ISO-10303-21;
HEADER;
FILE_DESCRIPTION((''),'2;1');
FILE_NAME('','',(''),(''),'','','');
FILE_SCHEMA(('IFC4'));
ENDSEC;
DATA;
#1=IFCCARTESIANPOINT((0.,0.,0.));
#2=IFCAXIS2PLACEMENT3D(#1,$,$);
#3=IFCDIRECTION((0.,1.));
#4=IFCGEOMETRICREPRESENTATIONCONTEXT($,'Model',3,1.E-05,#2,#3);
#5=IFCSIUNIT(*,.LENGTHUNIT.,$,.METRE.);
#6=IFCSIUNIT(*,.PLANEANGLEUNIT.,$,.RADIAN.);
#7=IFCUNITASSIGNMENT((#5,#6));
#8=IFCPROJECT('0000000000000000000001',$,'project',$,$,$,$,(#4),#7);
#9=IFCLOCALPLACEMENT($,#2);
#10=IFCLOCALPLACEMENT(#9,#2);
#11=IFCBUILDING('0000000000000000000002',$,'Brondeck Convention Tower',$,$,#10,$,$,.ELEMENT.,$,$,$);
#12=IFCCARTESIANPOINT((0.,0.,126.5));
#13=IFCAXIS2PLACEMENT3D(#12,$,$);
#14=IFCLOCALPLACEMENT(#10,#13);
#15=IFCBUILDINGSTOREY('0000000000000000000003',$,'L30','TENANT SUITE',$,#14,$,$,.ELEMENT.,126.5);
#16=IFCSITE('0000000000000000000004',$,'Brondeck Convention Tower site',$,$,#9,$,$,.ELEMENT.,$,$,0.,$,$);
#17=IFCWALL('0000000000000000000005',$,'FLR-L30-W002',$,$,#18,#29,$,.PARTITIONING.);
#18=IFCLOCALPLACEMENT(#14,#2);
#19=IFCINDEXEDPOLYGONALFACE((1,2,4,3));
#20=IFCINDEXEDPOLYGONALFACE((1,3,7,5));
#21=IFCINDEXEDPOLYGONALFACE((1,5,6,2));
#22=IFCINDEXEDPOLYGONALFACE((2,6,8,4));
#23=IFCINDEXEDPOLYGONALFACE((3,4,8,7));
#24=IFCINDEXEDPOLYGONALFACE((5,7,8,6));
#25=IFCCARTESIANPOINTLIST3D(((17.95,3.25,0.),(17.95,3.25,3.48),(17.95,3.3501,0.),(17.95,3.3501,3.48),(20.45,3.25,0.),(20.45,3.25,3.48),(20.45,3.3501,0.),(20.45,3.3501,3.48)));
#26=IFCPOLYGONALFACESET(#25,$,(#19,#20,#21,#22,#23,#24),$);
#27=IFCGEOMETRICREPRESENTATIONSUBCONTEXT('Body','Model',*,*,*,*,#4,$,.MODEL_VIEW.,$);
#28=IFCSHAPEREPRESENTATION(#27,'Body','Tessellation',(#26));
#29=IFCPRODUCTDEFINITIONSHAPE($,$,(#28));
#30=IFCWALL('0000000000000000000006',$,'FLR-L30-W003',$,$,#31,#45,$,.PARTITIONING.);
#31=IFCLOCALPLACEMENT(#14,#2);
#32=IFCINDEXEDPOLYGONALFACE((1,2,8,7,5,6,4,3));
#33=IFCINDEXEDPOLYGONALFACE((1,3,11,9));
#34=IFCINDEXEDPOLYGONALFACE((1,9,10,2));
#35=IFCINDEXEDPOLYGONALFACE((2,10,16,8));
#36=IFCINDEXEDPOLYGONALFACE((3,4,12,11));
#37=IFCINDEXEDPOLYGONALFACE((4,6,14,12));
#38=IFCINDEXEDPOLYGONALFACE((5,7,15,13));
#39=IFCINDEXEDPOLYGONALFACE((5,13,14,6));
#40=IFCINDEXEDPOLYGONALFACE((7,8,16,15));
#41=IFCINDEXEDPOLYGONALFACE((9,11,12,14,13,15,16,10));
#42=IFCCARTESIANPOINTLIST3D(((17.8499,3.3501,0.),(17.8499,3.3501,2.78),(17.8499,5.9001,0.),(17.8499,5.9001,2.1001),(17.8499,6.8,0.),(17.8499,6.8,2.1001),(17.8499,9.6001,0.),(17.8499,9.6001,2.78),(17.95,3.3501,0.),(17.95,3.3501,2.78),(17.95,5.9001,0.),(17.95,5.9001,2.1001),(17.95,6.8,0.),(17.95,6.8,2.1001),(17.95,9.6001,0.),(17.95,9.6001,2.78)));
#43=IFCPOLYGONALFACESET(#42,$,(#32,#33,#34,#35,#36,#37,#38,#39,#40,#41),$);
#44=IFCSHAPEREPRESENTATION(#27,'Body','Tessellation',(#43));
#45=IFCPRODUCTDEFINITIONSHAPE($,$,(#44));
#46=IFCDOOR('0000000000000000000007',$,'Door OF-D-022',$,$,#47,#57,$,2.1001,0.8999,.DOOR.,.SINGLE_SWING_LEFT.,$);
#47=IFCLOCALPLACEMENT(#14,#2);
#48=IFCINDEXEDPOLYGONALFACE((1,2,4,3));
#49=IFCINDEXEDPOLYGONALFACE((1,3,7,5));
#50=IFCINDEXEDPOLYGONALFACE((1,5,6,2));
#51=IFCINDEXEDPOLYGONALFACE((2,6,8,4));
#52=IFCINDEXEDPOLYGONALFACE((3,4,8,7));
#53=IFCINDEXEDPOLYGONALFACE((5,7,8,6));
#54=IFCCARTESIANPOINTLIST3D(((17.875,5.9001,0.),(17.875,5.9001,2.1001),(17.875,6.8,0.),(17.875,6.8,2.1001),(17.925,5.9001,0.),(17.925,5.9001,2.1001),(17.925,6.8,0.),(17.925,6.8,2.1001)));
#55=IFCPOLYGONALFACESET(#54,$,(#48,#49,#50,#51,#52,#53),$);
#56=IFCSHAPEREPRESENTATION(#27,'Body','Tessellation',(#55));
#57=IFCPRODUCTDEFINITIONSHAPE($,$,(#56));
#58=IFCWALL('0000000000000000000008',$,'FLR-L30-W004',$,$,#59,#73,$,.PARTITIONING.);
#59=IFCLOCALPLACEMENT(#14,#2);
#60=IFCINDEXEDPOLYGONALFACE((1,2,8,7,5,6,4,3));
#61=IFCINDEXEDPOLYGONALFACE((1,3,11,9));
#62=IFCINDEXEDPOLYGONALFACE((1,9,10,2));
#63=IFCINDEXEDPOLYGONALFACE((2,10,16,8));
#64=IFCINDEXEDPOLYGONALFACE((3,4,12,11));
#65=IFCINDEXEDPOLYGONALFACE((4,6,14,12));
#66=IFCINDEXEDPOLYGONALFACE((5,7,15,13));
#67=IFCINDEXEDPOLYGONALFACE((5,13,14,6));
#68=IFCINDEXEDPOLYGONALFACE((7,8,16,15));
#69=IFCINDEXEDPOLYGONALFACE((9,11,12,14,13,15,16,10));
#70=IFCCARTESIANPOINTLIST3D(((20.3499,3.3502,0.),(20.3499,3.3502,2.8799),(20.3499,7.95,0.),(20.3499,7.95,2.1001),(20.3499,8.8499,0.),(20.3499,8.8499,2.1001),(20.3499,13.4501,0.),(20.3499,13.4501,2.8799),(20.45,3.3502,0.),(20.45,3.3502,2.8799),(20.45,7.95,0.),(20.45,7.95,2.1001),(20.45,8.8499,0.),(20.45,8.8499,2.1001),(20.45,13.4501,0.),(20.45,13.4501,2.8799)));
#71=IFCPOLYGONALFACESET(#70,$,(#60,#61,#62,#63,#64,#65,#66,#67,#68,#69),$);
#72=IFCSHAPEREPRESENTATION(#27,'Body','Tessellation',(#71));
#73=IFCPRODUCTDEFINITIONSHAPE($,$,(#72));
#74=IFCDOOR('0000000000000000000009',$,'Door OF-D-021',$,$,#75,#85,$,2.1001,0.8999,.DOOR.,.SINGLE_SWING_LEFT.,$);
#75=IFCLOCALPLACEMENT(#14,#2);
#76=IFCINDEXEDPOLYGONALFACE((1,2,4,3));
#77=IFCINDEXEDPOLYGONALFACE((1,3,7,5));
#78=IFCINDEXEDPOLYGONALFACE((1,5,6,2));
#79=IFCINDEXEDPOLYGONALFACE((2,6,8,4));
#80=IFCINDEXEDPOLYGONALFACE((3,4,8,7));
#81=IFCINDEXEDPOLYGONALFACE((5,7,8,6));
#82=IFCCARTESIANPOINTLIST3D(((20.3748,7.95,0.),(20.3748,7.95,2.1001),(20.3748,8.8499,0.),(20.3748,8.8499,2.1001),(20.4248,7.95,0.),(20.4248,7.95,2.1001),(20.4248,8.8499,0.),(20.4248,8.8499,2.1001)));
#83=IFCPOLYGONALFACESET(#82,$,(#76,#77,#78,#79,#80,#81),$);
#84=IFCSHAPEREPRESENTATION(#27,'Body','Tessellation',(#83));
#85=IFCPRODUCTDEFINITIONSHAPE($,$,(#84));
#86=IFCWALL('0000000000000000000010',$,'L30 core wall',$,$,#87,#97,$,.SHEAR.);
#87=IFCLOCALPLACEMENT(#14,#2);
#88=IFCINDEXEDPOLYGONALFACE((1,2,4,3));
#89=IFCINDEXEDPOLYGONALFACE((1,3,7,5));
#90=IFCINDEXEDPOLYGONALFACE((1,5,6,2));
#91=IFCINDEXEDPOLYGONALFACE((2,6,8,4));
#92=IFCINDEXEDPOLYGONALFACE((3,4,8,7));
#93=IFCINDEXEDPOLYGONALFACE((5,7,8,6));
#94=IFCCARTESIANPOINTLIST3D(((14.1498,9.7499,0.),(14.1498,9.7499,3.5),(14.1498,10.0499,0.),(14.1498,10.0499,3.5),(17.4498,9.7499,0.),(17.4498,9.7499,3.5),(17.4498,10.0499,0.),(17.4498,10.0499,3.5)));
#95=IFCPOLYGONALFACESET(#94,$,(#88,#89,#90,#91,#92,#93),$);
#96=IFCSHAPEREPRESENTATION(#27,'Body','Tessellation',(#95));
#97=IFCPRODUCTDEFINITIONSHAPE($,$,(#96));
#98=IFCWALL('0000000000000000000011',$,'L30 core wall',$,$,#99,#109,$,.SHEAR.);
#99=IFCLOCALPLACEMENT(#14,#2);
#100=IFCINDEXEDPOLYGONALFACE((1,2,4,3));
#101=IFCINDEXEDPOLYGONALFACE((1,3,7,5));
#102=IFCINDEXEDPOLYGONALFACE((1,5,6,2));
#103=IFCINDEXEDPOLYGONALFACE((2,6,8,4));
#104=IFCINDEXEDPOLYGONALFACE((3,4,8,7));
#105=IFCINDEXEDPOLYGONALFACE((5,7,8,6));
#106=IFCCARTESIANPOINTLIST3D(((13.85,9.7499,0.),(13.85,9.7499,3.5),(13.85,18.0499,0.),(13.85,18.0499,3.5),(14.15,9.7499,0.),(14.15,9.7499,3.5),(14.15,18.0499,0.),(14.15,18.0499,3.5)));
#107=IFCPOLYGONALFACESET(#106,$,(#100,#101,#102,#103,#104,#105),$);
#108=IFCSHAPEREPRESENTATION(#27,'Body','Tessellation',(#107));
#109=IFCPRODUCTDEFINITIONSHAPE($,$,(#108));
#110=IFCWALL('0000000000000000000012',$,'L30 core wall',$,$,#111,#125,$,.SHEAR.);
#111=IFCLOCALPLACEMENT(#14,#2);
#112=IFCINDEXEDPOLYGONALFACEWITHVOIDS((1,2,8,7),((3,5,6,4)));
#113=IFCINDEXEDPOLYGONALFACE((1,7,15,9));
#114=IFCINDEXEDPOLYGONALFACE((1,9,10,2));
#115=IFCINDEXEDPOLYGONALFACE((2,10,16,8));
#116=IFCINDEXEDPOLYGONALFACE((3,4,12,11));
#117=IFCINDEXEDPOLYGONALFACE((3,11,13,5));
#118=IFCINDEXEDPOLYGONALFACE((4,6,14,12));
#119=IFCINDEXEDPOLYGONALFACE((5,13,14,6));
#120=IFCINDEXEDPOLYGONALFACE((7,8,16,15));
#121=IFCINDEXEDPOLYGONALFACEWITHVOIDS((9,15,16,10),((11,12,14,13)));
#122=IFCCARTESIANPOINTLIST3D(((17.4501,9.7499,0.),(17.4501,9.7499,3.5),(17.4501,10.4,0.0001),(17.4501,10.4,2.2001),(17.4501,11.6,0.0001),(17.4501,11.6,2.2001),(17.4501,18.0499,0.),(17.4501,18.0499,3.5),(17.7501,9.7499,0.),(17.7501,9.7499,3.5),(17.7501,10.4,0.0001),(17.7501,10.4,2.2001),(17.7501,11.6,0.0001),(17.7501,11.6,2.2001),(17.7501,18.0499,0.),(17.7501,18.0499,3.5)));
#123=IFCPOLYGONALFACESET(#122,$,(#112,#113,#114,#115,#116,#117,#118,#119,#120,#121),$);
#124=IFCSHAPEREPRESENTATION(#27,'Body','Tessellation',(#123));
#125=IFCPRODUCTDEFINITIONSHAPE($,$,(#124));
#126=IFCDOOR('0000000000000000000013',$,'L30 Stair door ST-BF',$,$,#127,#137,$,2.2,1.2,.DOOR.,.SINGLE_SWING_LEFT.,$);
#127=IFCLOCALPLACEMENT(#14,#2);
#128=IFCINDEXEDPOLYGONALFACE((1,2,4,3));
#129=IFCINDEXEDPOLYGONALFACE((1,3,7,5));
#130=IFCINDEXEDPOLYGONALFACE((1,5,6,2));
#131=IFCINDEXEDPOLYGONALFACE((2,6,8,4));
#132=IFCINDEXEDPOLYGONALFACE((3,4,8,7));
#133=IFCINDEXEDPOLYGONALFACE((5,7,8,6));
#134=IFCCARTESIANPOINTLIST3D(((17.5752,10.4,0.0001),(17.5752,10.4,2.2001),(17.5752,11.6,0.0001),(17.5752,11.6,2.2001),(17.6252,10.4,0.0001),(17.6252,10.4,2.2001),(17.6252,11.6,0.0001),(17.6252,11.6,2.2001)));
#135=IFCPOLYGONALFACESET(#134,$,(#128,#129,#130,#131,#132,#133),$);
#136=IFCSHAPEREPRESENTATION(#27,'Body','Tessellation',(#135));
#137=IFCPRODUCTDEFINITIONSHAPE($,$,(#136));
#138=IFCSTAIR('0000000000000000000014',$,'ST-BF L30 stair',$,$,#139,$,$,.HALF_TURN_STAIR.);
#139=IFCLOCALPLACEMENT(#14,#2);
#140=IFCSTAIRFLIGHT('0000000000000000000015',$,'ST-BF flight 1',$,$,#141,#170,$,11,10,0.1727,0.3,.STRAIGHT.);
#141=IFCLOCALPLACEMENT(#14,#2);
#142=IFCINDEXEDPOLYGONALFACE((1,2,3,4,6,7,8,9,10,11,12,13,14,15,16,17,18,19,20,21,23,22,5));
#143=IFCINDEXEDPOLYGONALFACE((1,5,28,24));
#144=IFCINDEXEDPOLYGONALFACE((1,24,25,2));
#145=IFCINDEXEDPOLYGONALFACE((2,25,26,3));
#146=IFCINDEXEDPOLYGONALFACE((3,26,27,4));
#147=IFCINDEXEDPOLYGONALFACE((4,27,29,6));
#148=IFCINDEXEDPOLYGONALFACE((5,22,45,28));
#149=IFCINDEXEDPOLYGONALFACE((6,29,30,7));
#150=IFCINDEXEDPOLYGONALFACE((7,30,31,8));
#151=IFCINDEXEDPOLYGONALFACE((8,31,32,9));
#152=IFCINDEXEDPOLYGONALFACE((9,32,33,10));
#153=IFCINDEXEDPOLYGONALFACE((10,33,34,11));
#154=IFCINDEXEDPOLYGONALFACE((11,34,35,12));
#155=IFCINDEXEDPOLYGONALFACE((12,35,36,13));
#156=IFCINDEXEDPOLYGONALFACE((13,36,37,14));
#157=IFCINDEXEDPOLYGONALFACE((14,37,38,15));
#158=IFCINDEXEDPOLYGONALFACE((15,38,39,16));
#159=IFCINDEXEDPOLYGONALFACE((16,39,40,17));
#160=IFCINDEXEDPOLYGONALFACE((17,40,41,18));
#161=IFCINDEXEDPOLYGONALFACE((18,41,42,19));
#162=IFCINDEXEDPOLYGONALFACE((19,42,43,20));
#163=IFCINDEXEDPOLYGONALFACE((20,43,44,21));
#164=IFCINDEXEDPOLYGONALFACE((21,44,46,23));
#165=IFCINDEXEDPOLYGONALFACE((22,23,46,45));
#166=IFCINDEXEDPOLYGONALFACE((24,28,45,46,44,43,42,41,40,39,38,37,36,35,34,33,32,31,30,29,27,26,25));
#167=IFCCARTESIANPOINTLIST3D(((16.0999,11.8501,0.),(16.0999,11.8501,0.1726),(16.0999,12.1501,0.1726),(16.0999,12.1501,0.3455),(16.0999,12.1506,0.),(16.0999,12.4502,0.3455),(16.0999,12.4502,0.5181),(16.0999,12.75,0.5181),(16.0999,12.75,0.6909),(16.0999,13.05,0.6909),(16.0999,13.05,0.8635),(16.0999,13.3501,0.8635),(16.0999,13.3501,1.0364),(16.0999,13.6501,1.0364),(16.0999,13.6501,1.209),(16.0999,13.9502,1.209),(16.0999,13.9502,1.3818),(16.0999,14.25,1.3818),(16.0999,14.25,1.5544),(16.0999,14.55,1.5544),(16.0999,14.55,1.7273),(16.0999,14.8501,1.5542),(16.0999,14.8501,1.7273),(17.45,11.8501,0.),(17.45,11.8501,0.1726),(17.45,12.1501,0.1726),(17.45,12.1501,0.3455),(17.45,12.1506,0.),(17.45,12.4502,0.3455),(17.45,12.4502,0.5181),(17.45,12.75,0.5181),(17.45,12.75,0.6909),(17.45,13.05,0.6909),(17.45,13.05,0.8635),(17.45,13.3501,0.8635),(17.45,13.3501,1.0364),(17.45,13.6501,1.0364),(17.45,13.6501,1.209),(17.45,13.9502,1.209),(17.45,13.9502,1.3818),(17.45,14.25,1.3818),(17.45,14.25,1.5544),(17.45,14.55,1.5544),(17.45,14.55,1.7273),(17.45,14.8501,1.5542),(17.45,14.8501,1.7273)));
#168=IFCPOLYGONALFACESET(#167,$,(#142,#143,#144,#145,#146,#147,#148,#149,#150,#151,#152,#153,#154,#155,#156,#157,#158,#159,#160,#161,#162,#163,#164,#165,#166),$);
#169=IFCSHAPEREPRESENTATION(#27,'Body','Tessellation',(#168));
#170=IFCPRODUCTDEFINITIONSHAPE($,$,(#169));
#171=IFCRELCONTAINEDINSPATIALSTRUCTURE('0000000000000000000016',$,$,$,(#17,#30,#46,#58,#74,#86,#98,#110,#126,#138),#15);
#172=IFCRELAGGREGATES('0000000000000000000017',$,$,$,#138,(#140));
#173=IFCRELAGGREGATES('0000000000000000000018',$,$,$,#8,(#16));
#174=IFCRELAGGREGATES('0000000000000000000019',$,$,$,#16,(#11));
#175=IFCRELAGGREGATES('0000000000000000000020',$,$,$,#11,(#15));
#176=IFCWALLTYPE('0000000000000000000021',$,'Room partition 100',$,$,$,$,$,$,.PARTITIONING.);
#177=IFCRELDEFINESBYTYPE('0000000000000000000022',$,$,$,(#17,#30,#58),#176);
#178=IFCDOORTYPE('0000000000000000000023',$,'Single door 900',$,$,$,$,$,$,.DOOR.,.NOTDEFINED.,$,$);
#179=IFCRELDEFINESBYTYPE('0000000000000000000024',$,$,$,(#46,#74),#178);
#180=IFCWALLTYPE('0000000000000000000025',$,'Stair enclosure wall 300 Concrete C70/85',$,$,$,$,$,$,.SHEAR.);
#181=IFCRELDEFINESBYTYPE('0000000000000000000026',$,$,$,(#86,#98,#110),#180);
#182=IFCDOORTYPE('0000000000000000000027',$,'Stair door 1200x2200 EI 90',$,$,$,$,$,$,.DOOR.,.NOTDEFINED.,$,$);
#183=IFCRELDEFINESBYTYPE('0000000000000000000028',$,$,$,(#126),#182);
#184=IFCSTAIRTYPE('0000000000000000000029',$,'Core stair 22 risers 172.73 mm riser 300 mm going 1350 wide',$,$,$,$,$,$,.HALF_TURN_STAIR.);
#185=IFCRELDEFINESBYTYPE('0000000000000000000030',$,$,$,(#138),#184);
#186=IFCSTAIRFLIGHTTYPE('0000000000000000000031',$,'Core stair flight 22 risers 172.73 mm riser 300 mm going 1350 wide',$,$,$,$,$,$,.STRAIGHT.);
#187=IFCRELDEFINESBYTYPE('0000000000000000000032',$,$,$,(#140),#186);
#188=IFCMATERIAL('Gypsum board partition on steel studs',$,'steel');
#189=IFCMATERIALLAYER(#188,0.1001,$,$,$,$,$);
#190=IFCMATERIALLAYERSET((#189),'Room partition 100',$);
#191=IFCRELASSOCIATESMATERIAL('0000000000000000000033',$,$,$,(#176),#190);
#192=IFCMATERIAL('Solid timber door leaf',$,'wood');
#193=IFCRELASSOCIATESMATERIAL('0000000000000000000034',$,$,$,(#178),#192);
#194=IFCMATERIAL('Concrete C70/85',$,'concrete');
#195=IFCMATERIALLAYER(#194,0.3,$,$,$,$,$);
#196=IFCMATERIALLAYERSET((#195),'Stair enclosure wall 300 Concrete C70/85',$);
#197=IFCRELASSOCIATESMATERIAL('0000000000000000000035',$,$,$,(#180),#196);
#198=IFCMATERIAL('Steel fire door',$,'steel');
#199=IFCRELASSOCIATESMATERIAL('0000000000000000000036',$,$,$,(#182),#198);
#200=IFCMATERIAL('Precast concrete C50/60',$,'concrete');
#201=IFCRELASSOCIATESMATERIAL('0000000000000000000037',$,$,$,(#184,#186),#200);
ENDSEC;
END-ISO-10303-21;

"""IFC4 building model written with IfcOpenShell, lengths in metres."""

from ifc_helpers import new_model, si_unit, direction, frame, frame_2d, origin, place, context, subcontext, project, spatial, polyline, rectangle, outline, extrude, material, layer, layer_set, type_object, element, fill, aggregate, save


model = new_model("IFC4")

# Units and contexts
model_context = context("Model", 3, precision=1e-05, world=origin(), true_north=direction((0.0, 1.0)))
body_context = subcontext(model_context, "Body", "Model", "MODEL_VIEW")
ifc_project = project(units=[si_unit("LENGTHUNIT", "METRE"), si_unit("PLANEANGLEUNIT", "RADIAN")], contexts=[model_context])

# Site, building, storey
site_placement = place(None, origin())
site = spatial("IfcSite", under=ifc_project, at=site_placement, Name="Brondeck Convention Tower site", CompositionType="ELEMENT", RefElevation=0.0)
building_placement = place(site_placement, origin())
building = spatial("IfcBuilding", under=site, at=building_placement, Name="Brondeck Convention Tower", CompositionType="ELEMENT")
storey_placement = place(building_placement, frame((0.0, 0.0, 126.5)))
storey = spatial("IfcBuildingStorey", under=building, at=storey_placement, Name="L30", Description="TENANT SUITE", CompositionType="ELEMENT", Elevation=126.5)

# Shared definitions
ifc_material_1 = material(Name="Concrete C70/85", Category="concrete")

# Wall
ifc_material_2 = material(Name="Gypsum board partition on steel studs", Category="steel")
ifc_layer_1 = layer(ifc_material_2, 0.1001)
ifc_layer_set_1 = layer_set([ifc_layer_1], Name="Room partition 100")
wall_type_1 = type_object("IfcWallType", Name="Room partition 100", PredefinedType="PARTITIONING", material=ifc_layer_set_1)
wall_1_placement = place(storey_placement, frame((20.45, 3.3, 0.0), z_axis=(0.0, 0.0, 1.0), x_axis=(-1.0, 0.0, 0.0)))
element("IfcWall", 1, at=wall_1_placement, inside=storey, type_object=wall_type_1, Name="FLR-L30-W002", PredefinedType="PARTITIONING", context=body_context, shape_type="SweptSolid", body=[
    extrude(rectangle(XDim=2.5, YDim=0.1001, at=frame_2d((1.25, 0.0))), origin(), (0.0, 0.0, 1.0), 3.48),
])

# Walls, openings, doors
wall_2_placement = place(storey_placement, frame((17.8999, 3.3501, 0.0), z_axis=(0.0, 0.0, 1.0), x_axis=(0.0, 1.0, 0.0)))
wall_2 = element("IfcWall", 2, at=wall_2_placement, inside=storey, type_object=wall_type_1, Name="FLR-L30-W003", PredefinedType="PARTITIONING", context=body_context, shape_type="SweptSolid", body=[
    extrude(rectangle(XDim=6.25, YDim=0.1001, at=frame_2d((3.125, 0.0))), origin(), (0.0, 0.0, 1.0), 2.78),
])
opening_1_placement = place(wall_2_placement, frame((2.55, 0.0, 0.0)))
opening_1 = element("IfcOpeningElement", 3, at=opening_1_placement, cuts=wall_2, PredefinedType="OPENING", context=body_context, shape_type="SweptSolid", body=[
    extrude(rectangle(XDim=0.8999, YDim=2.1001, at=frame_2d((0.45, 1.05))), frame((0.0, 0.0601, 0.0), z_axis=(0.0, -1.0, 0.0), x_axis=(1.0, 0.0, 0.0)), (0.0, 0.0, 1.0), 0.1201),
])
ifc_material_3 = material(Name="Solid timber door leaf", Category="wood")
door_type_1 = type_object("IfcDoorType", Name="Single door 900", OperationType="NOTDEFINED", PredefinedType="DOOR", material=ifc_material_3)
door_1_placement = place(opening_1_placement, origin())
door_1 = element("IfcDoor", 4, at=door_1_placement, inside=storey, type_object=door_type_1, Name="Door OF-D-022", OperationType="SINGLE_SWING_LEFT", OverallHeight=2.1001, OverallWidth=0.8999, PredefinedType="DOOR", context=body_context, shape_type="SweptSolid", body=[
    extrude(rectangle(XDim=0.8999, YDim=2.1001, at=frame_2d((0.45, 1.05))), frame((0.0, 0.0249, 0.0), z_axis=(0.0, -1.0, 0.0), x_axis=(1.0, 0.0, 0.0)), (0.0, 0.0, 1.0), 0.05),
])
fill(opening_1, door_1)
wall_3_placement = place(storey_placement, frame((20.3999, 13.45, 0.0), z_axis=(0.0, 0.0, 1.0), x_axis=(0.0, -1.0, 0.0)))
wall_3 = element("IfcWall", 5, at=wall_3_placement, inside=storey, type_object=wall_type_1, Name="FLR-L30-W004", PredefinedType="PARTITIONING", context=body_context, shape_type="SweptSolid", body=[
    extrude(rectangle(XDim=10.0999, YDim=0.1001, at=frame_2d((5.0498, 0.0))), origin(), (0.0, 0.0, 1.0), 2.8799),
])
opening_2_placement = place(wall_3_placement, frame((4.6001, 0.0, 0.0)))
opening_2 = element("IfcOpeningElement", 6, at=opening_2_placement, cuts=wall_3, PredefinedType="OPENING", context=body_context, shape_type="SweptSolid", body=[
    extrude(rectangle(XDim=0.8999, YDim=2.1001, at=frame_2d((0.45, 1.05))), frame((0.0, 0.0601, 0.0), z_axis=(0.0, -1.0, 0.0), x_axis=(1.0, 0.0, 0.0)), (0.0, 0.0, 1.0), 0.1201),
])
door_2_placement = place(opening_2_placement, origin())
door_2 = element("IfcDoor", 7, at=door_2_placement, inside=storey, type_object=door_type_1, Name="Door OF-D-021", OperationType="SINGLE_SWING_LEFT", OverallHeight=2.1001, OverallWidth=0.8999, PredefinedType="DOOR", context=body_context, shape_type="SweptSolid", body=[
    extrude(rectangle(XDim=0.8999, YDim=2.1001, at=frame_2d((0.45, 1.05))), frame((0.0, 0.0249, 0.0), z_axis=(0.0, -1.0, 0.0), x_axis=(1.0, 0.0, 0.0)), (0.0, 0.0, 1.0), 0.05),
])
fill(opening_2, door_2)

# Walls
ifc_layer_2 = layer(ifc_material_1, 0.3)
ifc_layer_set_2 = layer_set([ifc_layer_2], Name="Stair enclosure wall 300 Concrete C70/85")
wall_type_2 = type_object("IfcWallType", Name="Stair enclosure wall 300 Concrete C70/85", PredefinedType="SHEAR", material=ifc_layer_set_2)
wall_4_placement = place(storey_placement, frame((14.1499, 9.8999, 0.0), z_axis=(0.0, 0.0, 1.0), x_axis=(1.0, 0.0, 0.0)))
element("IfcWall", 8, at=wall_4_placement, inside=storey, type_object=wall_type_2, Name="L30 core wall", PredefinedType="SHEAR", context=body_context, shape_type="SweptSolid", body=[
    extrude(rectangle(XDim=3.3, YDim=0.3, at=frame_2d((1.6499, 0.0))), origin(), (0.0, 0.0, 1.0), 3.5),
])
wall_5_placement = place(storey_placement, frame((14.0, 9.75, 0.0), z_axis=(0.0, 0.0, 1.0), x_axis=(0.0, 1.0, 0.0)))
element("IfcWall", 9, at=wall_5_placement, inside=storey, type_object=wall_type_2, Name="L30 core wall", PredefinedType="SHEAR", context=body_context, shape_type="SweptSolid", body=[
    extrude(rectangle(XDim=8.3, YDim=0.3, at=frame_2d((4.1499, 0.0))), origin(), (0.0, 0.0, 1.0), 3.5),
])

# Wall, opening, door
wall_6_placement = place(storey_placement, frame((17.6001, 9.75, 0.0), z_axis=(0.0, 0.0, 1.0), x_axis=(0.0, 1.0, 0.0)))
wall_6 = element("IfcWall", 10, at=wall_6_placement, inside=storey, type_object=wall_type_2, Name="L30 core wall", PredefinedType="SHEAR", context=body_context, shape_type="SweptSolid", body=[
    extrude(rectangle(XDim=8.3, YDim=0.3, at=frame_2d((4.1499, 0.0))), origin(), (0.0, 0.0, 1.0), 3.5),
])
opening_3_placement = place(wall_6_placement, frame((0.6499, 0.0, 0.0)))
opening_3 = element("IfcOpeningElement", 11, at=opening_3_placement, cuts=wall_6, PredefinedType="OPENING", context=body_context, shape_type="SweptSolid", body=[
    extrude(rectangle(XDim=1.2, YDim=2.2, at=frame_2d((0.6001, 1.1001))), frame((0.0, 0.1599, 0.0), z_axis=(0.0, -1.0, 0.0), x_axis=(1.0, 0.0, 0.0)), (0.0, 0.0, 1.0), 0.3201),
])
ifc_material_4 = material(Name="Steel fire door", Category="steel")
door_type_2 = type_object("IfcDoorType", Name="Stair door 1200x2200 EI 90", OperationType="NOTDEFINED", PredefinedType="DOOR", material=ifc_material_4)
door_3_placement = place(opening_3_placement, origin())
door_3 = element("IfcDoor", 12, at=door_3_placement, inside=storey, type_object=door_type_2, Name="L30 Stair door ST-BF", OperationType="SINGLE_SWING_LEFT", OverallHeight=2.2, OverallWidth=1.2, PredefinedType="DOOR", context=body_context, shape_type="SweptSolid", body=[
    extrude(rectangle(XDim=1.2, YDim=2.2, at=frame_2d((0.6001, 1.1001))), frame((0.0, 0.0249, 0.0), z_axis=(0.0, -1.0, 0.0), x_axis=(1.0, 0.0, 0.0)), (0.0, 0.0, 1.0), 0.05),
])
fill(opening_3, door_3)

# Stair, stair flight
ifc_material_5 = material(Name="Precast concrete C50/60", Category="concrete")
stair_type = type_object("IfcStairType", Name="Core stair 22 risers 172.73 mm riser 300 mm going 1350 wide", PredefinedType="HALF_TURN_STAIR", material=ifc_material_5)
stair_placement = place(storey_placement, origin())
stair = element("IfcStair", 13, at=stair_placement, inside=storey, type_object=stair_type, Name="ST-BF L30 stair", PredefinedType="HALF_TURN_STAIR")
stair_flight_type = type_object("IfcStairFlightType", Name="Core stair flight 22 risers 172.73 mm riser 300 mm going 1350 wide", PredefinedType="STRAIGHT", material=ifc_material_5)
stair_flight_1_placement = place(storey_placement, frame((16.7749, 11.8501, 0.0), z_axis=(0.0, 0.0, 1.0), x_axis=(0.0, 1.0, 0.0)))
stair_flight_1 = element("IfcStairFlight", 14, at=stair_flight_1_placement, type_object=stair_flight_type, Name="ST-BF flight 1", NumberOfRisers=11, NumberOfTreads=10, PredefinedType="STRAIGHT", RiserHeight=0.1727, TreadLength=0.3, context=body_context, shape_type="SweptSolid", body=[
    extrude(outline(polyline([(0.0, 0.0), (0.0, 0.1726), (0.3, 0.1726), (0.3, 0.3455), (0.6001, 0.3455), (0.6001, 0.5181), (0.8999, 0.5181), (0.8999, 0.6909), (1.2, 0.6909), (1.2, 0.8635), (1.5, 0.8635), (1.5, 1.0364), (1.8, 1.0364), (1.8, 1.209), (2.1001, 1.209), (2.1001, 1.3818), (2.3999, 1.3818), (2.3999, 1.5544), (2.7, 1.5544), (2.7, 1.7273), (3.0, 1.7273), (3.0, 1.8999), (3.0, 1.5542), (0.3005, 0.0), (0.0, 0.0)])), frame((0.0, 0.675, 0.0), z_axis=(0.0, -1.0, 0.0), x_axis=(1.0, 0.0, 0.0)), (0.0, 0.0, 1.0), 1.3501),
])
aggregate(stair, [stair_flight_1])

save(model, "model.ifc")
